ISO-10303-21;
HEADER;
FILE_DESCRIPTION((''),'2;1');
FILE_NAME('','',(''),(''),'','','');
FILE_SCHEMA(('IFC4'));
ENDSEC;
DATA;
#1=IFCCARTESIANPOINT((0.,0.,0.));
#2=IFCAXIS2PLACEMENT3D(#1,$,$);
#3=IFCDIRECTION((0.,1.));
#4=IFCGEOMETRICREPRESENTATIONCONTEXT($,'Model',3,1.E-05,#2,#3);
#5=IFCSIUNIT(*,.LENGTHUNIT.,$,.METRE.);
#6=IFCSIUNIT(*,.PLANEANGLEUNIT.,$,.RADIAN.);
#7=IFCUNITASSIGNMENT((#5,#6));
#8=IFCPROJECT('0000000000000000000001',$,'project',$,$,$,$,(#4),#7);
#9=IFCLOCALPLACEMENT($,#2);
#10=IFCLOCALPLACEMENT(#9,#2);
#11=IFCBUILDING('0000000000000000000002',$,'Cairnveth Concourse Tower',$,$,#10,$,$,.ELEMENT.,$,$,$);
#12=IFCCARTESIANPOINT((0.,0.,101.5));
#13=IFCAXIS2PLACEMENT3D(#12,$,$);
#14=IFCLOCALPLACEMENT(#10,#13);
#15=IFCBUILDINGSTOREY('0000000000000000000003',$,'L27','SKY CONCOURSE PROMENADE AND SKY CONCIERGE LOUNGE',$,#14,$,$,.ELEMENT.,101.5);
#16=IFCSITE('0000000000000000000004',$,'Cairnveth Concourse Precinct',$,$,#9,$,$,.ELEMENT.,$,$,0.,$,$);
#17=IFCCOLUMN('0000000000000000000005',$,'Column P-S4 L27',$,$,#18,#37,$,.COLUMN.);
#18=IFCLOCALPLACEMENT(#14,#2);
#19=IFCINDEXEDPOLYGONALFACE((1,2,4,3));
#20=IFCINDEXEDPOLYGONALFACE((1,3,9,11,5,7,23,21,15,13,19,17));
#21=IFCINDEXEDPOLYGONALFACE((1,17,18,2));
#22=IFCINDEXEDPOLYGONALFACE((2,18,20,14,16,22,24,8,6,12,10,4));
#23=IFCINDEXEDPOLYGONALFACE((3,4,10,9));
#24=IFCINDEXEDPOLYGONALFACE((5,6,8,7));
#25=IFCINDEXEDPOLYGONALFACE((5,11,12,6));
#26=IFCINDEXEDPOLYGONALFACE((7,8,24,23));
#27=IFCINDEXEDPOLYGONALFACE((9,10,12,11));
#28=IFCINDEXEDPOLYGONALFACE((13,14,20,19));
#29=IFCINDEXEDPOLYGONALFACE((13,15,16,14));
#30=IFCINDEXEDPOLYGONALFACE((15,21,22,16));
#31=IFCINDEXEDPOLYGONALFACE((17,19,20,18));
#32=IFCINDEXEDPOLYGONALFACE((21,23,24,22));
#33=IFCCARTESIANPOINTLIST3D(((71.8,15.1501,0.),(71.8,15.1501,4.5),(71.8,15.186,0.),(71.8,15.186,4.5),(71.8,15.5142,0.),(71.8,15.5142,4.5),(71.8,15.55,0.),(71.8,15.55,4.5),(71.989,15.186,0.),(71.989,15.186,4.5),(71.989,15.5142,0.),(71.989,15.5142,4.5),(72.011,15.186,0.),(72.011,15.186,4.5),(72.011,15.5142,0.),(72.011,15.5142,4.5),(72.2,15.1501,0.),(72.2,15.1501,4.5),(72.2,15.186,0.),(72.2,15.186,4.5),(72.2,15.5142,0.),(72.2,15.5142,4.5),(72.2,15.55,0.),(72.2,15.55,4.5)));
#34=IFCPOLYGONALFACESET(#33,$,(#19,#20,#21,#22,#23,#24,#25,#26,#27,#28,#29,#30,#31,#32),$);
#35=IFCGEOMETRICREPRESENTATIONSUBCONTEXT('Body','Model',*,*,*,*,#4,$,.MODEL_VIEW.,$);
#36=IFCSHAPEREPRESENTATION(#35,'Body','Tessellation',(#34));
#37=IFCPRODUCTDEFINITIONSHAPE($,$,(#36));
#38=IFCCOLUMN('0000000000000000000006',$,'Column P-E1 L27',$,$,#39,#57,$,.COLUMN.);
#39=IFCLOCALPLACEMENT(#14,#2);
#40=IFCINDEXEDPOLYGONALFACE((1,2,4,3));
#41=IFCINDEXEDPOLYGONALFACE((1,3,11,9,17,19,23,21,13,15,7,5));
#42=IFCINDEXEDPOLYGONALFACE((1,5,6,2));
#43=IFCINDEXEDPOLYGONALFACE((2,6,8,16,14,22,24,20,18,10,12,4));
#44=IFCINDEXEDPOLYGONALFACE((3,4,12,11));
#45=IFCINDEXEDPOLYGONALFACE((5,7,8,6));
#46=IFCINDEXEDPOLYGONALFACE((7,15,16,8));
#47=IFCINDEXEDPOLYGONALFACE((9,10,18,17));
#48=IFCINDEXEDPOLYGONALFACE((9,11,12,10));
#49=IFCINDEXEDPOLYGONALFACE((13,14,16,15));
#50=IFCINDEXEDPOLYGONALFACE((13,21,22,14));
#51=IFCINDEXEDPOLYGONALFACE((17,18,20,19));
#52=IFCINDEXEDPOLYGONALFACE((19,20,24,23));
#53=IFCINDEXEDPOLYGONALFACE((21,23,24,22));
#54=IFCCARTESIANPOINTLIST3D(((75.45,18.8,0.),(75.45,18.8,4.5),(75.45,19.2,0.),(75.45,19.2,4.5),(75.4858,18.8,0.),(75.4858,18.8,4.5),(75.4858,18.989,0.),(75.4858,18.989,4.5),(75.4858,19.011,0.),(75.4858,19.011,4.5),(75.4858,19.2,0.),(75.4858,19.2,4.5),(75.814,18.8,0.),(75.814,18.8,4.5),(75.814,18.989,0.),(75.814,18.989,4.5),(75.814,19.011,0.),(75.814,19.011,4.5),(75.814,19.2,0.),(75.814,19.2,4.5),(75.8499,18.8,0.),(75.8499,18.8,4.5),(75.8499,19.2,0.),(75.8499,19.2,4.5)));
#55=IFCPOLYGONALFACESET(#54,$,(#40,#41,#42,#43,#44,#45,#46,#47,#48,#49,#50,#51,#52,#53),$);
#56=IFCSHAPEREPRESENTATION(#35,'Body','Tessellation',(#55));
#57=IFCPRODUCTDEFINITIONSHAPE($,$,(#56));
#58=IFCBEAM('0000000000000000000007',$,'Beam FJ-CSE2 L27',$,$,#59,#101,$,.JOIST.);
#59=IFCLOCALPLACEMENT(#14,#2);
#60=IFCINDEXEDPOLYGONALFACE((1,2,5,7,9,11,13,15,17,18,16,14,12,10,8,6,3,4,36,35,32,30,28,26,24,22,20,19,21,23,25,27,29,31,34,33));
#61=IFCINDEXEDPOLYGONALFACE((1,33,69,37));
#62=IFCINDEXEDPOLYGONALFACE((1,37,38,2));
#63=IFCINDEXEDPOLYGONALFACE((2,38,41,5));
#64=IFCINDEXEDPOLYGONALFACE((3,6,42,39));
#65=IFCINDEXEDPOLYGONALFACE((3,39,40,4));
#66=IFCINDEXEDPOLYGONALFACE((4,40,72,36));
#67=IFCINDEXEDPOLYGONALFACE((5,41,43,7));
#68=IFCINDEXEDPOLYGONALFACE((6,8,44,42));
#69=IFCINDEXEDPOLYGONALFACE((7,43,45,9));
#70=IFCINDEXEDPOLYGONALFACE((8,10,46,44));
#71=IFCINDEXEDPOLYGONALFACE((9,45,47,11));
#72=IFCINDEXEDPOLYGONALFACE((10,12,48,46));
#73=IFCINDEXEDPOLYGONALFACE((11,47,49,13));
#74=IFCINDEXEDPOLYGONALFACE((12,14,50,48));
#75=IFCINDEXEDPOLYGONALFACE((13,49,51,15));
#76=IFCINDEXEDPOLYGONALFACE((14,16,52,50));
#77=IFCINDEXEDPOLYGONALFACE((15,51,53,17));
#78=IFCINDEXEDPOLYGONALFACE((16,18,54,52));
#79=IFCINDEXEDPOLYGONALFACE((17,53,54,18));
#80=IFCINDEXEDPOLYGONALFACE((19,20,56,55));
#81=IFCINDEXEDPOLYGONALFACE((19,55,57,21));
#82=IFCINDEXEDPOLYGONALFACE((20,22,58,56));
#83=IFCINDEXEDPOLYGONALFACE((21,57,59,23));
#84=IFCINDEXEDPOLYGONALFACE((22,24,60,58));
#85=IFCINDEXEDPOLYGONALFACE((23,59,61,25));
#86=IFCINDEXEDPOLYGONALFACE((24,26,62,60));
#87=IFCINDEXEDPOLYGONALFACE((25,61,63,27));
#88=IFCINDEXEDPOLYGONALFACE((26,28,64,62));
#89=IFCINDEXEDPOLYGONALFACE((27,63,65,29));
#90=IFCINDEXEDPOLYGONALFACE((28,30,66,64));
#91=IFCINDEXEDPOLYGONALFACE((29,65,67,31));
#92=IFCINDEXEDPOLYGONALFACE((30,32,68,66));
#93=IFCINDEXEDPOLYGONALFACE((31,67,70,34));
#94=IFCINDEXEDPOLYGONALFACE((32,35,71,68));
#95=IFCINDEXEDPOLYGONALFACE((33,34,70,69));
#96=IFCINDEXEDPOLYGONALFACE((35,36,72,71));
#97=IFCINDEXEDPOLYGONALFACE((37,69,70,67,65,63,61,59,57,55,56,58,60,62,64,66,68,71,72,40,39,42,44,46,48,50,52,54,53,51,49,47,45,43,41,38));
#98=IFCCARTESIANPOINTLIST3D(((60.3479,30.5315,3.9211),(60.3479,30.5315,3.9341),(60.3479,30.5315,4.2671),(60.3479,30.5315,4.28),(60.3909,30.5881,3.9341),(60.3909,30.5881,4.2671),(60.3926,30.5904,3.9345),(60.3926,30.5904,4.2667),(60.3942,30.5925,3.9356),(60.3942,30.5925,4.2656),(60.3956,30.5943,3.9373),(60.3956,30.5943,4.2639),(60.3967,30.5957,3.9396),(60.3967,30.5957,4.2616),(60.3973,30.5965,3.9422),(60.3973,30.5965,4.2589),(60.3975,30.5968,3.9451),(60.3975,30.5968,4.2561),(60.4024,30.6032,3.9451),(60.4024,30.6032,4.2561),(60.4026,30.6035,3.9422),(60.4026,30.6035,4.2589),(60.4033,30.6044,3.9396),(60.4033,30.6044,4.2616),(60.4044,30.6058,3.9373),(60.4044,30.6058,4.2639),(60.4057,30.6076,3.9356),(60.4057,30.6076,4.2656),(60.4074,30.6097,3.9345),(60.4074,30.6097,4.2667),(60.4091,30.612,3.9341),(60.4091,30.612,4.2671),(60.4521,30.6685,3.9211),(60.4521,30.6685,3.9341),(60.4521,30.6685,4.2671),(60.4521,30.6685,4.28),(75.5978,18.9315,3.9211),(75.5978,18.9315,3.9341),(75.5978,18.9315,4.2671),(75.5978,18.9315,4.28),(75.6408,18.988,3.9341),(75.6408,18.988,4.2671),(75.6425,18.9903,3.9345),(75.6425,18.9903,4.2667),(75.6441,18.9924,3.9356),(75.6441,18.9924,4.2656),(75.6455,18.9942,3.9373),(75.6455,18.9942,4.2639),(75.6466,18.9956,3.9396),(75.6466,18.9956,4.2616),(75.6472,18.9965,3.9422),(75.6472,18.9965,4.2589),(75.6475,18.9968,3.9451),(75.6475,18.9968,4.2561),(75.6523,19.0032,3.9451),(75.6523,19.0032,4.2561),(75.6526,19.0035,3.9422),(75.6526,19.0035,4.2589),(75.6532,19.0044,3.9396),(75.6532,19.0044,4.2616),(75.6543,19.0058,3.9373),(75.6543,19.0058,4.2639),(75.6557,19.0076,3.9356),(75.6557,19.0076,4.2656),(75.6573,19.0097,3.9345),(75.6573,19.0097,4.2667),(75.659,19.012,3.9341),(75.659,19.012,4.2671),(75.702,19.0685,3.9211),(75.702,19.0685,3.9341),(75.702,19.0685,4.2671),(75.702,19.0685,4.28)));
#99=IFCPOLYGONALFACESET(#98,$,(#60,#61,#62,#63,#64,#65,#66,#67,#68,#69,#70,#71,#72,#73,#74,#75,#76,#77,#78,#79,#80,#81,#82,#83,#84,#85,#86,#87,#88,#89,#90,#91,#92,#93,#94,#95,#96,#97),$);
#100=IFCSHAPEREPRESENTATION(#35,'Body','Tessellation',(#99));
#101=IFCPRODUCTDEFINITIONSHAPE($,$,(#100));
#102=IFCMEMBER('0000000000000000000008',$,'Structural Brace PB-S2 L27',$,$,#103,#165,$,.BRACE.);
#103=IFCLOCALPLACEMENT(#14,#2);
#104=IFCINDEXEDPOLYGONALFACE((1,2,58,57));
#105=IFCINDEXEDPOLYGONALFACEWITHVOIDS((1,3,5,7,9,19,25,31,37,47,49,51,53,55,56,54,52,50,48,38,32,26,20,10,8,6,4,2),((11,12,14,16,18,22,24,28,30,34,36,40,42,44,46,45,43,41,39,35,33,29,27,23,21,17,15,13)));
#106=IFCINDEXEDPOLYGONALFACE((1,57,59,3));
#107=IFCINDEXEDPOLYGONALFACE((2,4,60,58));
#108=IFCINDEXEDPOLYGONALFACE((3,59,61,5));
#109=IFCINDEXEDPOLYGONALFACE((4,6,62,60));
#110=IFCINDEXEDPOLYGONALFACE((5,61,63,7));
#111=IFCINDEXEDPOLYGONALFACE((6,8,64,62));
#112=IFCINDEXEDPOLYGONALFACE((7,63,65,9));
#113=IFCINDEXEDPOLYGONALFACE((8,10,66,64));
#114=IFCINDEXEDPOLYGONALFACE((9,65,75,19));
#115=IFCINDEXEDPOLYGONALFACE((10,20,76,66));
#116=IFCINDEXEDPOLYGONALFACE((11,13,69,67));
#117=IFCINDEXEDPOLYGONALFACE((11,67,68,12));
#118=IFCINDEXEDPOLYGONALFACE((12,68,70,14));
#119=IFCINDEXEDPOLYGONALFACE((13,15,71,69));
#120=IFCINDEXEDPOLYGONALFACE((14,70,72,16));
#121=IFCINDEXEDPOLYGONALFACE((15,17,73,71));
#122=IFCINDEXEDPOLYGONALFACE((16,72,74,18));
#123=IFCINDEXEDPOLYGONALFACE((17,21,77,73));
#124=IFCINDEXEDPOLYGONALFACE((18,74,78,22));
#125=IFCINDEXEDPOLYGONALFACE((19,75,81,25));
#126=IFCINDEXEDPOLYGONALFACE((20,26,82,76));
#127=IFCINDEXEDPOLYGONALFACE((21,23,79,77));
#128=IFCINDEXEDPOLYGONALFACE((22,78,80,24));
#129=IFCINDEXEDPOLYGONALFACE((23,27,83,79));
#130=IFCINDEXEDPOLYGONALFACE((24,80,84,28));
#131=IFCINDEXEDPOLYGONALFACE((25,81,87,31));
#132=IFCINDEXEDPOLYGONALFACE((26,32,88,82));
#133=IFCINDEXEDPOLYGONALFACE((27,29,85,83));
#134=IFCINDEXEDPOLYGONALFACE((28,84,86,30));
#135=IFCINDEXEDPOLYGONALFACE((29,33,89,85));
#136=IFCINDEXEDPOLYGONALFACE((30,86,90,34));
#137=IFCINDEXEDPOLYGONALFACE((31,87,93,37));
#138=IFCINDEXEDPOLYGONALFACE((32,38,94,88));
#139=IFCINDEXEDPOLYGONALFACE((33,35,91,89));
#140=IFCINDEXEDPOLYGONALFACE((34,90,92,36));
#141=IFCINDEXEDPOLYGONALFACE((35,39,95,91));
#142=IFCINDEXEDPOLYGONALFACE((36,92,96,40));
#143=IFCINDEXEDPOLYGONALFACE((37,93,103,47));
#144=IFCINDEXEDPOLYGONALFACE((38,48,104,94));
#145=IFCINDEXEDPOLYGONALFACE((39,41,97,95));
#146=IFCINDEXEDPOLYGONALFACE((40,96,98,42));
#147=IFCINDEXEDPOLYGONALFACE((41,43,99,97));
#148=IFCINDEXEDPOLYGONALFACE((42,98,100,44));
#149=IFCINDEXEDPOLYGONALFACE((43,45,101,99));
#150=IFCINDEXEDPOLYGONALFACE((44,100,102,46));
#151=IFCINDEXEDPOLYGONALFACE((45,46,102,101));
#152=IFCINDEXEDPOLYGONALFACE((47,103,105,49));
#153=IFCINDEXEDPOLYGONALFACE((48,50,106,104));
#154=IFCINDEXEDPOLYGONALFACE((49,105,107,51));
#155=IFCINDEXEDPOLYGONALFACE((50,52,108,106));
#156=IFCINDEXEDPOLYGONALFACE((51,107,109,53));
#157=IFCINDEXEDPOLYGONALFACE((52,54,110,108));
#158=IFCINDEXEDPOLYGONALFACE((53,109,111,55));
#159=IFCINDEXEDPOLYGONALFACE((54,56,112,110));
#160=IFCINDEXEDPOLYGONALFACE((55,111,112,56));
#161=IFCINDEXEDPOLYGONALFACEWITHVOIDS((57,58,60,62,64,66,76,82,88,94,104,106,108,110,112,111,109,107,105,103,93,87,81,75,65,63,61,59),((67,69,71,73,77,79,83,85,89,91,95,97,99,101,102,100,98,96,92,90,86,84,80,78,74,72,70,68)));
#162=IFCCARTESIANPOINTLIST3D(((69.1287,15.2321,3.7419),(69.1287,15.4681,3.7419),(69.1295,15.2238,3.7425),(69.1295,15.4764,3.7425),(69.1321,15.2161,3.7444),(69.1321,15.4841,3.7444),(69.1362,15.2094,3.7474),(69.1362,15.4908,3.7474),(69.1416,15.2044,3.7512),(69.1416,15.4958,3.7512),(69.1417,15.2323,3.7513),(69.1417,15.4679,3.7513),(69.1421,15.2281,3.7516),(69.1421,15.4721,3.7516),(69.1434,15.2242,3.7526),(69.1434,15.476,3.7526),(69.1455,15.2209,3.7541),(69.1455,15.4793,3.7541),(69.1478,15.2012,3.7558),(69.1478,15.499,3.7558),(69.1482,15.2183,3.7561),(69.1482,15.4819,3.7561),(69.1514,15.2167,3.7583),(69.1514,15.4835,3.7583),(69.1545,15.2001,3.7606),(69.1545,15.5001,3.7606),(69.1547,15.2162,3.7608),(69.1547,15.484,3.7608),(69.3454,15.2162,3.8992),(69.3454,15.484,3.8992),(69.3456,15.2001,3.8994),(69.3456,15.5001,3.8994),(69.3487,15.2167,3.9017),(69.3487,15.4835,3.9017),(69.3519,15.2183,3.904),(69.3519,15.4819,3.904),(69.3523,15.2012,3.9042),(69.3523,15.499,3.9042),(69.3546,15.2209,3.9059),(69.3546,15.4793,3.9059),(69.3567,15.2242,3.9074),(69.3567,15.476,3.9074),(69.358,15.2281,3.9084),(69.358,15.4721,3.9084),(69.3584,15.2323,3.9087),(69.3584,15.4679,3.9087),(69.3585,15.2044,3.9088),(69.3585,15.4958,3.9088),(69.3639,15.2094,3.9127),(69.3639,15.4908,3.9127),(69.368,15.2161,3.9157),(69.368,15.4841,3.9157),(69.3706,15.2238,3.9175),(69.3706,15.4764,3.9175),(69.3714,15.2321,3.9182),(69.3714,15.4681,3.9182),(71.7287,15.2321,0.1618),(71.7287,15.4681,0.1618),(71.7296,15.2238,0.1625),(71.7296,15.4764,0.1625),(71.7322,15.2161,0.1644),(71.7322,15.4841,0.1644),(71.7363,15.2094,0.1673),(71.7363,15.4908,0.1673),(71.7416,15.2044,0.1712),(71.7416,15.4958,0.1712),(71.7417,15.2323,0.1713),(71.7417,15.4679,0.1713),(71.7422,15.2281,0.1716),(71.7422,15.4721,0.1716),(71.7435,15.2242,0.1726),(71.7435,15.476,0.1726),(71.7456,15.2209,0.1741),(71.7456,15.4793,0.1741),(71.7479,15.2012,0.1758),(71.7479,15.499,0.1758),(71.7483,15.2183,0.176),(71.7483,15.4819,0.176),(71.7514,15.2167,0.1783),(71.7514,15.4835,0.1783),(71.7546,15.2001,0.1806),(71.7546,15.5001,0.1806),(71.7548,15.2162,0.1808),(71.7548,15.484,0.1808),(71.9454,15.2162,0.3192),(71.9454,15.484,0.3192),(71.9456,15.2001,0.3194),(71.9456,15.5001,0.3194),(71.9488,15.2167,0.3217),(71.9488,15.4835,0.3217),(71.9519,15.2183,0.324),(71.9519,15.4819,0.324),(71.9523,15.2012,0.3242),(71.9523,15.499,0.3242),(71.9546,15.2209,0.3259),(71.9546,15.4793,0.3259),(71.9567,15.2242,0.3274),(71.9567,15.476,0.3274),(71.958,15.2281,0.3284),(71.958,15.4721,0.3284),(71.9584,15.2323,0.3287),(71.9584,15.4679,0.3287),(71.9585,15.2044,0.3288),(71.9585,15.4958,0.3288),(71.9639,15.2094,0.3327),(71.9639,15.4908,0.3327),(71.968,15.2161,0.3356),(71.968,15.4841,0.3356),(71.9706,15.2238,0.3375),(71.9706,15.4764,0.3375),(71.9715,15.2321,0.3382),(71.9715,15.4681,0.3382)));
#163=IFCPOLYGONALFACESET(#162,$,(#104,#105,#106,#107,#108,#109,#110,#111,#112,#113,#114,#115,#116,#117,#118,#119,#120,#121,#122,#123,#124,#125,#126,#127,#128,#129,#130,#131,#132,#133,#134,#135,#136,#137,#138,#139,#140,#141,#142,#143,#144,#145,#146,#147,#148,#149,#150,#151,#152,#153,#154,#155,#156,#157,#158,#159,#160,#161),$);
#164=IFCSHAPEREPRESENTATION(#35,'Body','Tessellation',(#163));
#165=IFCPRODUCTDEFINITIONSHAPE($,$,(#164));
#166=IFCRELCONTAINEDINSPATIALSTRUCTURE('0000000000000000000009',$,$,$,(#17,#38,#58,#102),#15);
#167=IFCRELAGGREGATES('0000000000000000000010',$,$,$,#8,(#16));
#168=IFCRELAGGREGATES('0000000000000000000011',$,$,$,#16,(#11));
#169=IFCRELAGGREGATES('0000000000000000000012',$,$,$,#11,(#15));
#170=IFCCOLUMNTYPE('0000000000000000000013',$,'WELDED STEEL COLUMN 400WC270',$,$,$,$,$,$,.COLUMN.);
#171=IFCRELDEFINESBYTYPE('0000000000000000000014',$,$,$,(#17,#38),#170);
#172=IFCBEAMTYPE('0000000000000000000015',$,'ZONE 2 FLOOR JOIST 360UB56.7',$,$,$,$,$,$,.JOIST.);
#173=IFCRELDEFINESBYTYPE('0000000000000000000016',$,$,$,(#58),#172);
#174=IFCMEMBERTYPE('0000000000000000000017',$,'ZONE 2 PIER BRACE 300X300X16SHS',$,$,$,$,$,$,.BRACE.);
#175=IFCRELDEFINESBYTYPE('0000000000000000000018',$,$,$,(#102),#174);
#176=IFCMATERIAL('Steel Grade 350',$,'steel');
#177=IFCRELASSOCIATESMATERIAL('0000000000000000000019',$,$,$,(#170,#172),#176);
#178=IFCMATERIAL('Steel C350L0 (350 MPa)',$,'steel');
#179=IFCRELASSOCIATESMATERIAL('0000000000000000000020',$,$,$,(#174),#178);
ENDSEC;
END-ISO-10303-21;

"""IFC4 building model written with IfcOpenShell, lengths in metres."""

from ifc_helpers import new_model, si_unit, direction, frame, origin, origin_2d, place, context, subcontext, project, spatial, hollow_rectangle, i_section, extrude, material, material_profile, profile_set, type_object, element, save


model = new_model("IFC4")

# Units and contexts
model_context = context("Model", 3, precision=1e-05, world=origin(), true_north=direction((0.0, 1.0)))
body_context = subcontext(model_context, "Body", "Model", "MODEL_VIEW")
ifc_project = project(units=[si_unit("LENGTHUNIT", "METRE"), si_unit("PLANEANGLEUNIT", "RADIAN")], contexts=[model_context])

# Site, building, storey
site_placement = place(None, origin())
site = spatial("IfcSite", under=ifc_project, at=site_placement, Name="Cairnveth Concourse Precinct", CompositionType="ELEMENT", RefElevation=0.0)
building_placement = place(site_placement, origin())
building = spatial("IfcBuilding", under=site, at=building_placement, Name="Cairnveth Concourse Tower", CompositionType="ELEMENT")
storey_placement = place(building_placement, frame((0.0, 0.0, 101.5)))
storey = spatial("IfcBuildingStorey", under=building, at=storey_placement, Name="L27", Description="SKY CONCOURSE PROMENADE AND SKY CONCIERGE LOUNGE", CompositionType="ELEMENT", Elevation=101.5)

# Columns
ifc_material_1 = material(Name="Steel Grade 350", Category="steel")
ifc_material_profile_1 = material_profile(ifc_material_1, i_section(OverallWidth=0.3999, OverallDepth=0.3999, WebThickness=0.022, FlangeThickness=0.0359, at=origin_2d()), Name="400WC270")
ifc_profile_set_1 = profile_set([ifc_material_profile_1], Name="Steel Grade 350")
column_type = type_object("IfcColumnType", Name="WELDED STEEL COLUMN 400WC270", PredefinedType="COLUMN", material=ifc_profile_set_1)
for number, where, z_axis, x_axis, name in (
    (1, (72.0, 15.3501, 0.0), (0.0, 0.0, 1.0), (1.0, 0.0, 0.0), "Column P-S4 L27"),
    (2, (75.6499, 19.0, 0.0), (0.0, 0.0, 1.0), (0.0, 1.0, 0.0), "Column P-E1 L27"),
):
    element("IfcColumn", number, at=place(storey_placement, frame(where, z_axis=z_axis, x_axis=x_axis)), inside=storey, type_object=column_type, Name=name, PredefinedType="COLUMN", context=body_context, shape_type="SweptSolid", body=[
        extrude(i_section(OverallWidth=0.3999, OverallDepth=0.3999, WebThickness=0.022, FlangeThickness=0.0359, at=origin_2d()), origin(), (0.0, 0.0, 1.0), 4.5),
    ])

# Beam
ifc_material_profile_2 = material_profile(ifc_material_1, i_section(OverallWidth=0.1721, OverallDepth=0.3589, WebThickness=0.0081, FlangeThickness=0.0129, FilletRadius=0.011, at=origin_2d()), Name="360UB56.7")
ifc_profile_set_2 = profile_set([ifc_material_profile_2], Name="Steel Grade 350")
beam_type_1 = type_object("IfcBeamType", Name="ZONE 2 FLOOR JOIST 360UB56.7", PredefinedType="JOIST", material=ifc_profile_set_2)
beam_1_placement = place(storey_placement, frame((75.6499, 19.0, 4.1006), z_axis=(-0.795908, 0.605417, 0.0), x_axis=(-0.605417, -0.795908, 0.0)))
element("IfcBeam", 3, at=beam_1_placement, inside=storey, type_object=beam_type_1, Name="Beam FJ-CSE2 L27", PredefinedType="JOIST", context=body_context, shape_type="SweptSolid", body=[
    extrude(i_section(OverallWidth=0.1721, OverallDepth=0.3589, WebThickness=0.0081, FlangeThickness=0.0129, FilletRadius=0.011, at=origin_2d()), origin(), (0.0, 0.0, 1.0), 19.1604),
])

# Member
ifc_material_2 = material(Name="Steel C350L0 (350 MPa)", Category="steel")
ifc_material_profile_3 = material_profile(ifc_material_2, hollow_rectangle(XDim=0.3, YDim=0.3, WallThickness=0.0161, InnerFilletRadius=0.0161, OuterFilletRadius=0.032, at=origin_2d()), Name="300x300x16.0SHS")
ifc_profile_set_3 = profile_set([ifc_material_profile_3], Name="Steel C350L0 (350 MPa)")
member_type = type_object("IfcMemberType", Name="ZONE 2 PIER BRACE 300X300X16SHS", PredefinedType="BRACE", material=ifc_profile_set_3)
for number, where, z_axis, x_axis, name in (
    (4, (71.8501, 15.3501, 0.25), (-0.58764, 0.0, 0.809122), (0.0, -1.0, 0.0), "Structural Brace PB-S2 L27"),
):
    element("IfcMember", number, at=place(storey_placement, frame(where, z_axis=z_axis, x_axis=x_axis)), inside=storey, type_object=member_type, Name=name, PredefinedType="BRACE", context=body_context, shape_type="SweptSolid", body=[
        extrude(hollow_rectangle(XDim=0.3, YDim=0.3, WallThickness=0.0161, InnerFilletRadius=0.0161, OuterFilletRadius=0.032, at=origin_2d()), origin(), (0.0, 0.0, 1.0), 4.4246),
    ])

save(model, "model.ifc")
